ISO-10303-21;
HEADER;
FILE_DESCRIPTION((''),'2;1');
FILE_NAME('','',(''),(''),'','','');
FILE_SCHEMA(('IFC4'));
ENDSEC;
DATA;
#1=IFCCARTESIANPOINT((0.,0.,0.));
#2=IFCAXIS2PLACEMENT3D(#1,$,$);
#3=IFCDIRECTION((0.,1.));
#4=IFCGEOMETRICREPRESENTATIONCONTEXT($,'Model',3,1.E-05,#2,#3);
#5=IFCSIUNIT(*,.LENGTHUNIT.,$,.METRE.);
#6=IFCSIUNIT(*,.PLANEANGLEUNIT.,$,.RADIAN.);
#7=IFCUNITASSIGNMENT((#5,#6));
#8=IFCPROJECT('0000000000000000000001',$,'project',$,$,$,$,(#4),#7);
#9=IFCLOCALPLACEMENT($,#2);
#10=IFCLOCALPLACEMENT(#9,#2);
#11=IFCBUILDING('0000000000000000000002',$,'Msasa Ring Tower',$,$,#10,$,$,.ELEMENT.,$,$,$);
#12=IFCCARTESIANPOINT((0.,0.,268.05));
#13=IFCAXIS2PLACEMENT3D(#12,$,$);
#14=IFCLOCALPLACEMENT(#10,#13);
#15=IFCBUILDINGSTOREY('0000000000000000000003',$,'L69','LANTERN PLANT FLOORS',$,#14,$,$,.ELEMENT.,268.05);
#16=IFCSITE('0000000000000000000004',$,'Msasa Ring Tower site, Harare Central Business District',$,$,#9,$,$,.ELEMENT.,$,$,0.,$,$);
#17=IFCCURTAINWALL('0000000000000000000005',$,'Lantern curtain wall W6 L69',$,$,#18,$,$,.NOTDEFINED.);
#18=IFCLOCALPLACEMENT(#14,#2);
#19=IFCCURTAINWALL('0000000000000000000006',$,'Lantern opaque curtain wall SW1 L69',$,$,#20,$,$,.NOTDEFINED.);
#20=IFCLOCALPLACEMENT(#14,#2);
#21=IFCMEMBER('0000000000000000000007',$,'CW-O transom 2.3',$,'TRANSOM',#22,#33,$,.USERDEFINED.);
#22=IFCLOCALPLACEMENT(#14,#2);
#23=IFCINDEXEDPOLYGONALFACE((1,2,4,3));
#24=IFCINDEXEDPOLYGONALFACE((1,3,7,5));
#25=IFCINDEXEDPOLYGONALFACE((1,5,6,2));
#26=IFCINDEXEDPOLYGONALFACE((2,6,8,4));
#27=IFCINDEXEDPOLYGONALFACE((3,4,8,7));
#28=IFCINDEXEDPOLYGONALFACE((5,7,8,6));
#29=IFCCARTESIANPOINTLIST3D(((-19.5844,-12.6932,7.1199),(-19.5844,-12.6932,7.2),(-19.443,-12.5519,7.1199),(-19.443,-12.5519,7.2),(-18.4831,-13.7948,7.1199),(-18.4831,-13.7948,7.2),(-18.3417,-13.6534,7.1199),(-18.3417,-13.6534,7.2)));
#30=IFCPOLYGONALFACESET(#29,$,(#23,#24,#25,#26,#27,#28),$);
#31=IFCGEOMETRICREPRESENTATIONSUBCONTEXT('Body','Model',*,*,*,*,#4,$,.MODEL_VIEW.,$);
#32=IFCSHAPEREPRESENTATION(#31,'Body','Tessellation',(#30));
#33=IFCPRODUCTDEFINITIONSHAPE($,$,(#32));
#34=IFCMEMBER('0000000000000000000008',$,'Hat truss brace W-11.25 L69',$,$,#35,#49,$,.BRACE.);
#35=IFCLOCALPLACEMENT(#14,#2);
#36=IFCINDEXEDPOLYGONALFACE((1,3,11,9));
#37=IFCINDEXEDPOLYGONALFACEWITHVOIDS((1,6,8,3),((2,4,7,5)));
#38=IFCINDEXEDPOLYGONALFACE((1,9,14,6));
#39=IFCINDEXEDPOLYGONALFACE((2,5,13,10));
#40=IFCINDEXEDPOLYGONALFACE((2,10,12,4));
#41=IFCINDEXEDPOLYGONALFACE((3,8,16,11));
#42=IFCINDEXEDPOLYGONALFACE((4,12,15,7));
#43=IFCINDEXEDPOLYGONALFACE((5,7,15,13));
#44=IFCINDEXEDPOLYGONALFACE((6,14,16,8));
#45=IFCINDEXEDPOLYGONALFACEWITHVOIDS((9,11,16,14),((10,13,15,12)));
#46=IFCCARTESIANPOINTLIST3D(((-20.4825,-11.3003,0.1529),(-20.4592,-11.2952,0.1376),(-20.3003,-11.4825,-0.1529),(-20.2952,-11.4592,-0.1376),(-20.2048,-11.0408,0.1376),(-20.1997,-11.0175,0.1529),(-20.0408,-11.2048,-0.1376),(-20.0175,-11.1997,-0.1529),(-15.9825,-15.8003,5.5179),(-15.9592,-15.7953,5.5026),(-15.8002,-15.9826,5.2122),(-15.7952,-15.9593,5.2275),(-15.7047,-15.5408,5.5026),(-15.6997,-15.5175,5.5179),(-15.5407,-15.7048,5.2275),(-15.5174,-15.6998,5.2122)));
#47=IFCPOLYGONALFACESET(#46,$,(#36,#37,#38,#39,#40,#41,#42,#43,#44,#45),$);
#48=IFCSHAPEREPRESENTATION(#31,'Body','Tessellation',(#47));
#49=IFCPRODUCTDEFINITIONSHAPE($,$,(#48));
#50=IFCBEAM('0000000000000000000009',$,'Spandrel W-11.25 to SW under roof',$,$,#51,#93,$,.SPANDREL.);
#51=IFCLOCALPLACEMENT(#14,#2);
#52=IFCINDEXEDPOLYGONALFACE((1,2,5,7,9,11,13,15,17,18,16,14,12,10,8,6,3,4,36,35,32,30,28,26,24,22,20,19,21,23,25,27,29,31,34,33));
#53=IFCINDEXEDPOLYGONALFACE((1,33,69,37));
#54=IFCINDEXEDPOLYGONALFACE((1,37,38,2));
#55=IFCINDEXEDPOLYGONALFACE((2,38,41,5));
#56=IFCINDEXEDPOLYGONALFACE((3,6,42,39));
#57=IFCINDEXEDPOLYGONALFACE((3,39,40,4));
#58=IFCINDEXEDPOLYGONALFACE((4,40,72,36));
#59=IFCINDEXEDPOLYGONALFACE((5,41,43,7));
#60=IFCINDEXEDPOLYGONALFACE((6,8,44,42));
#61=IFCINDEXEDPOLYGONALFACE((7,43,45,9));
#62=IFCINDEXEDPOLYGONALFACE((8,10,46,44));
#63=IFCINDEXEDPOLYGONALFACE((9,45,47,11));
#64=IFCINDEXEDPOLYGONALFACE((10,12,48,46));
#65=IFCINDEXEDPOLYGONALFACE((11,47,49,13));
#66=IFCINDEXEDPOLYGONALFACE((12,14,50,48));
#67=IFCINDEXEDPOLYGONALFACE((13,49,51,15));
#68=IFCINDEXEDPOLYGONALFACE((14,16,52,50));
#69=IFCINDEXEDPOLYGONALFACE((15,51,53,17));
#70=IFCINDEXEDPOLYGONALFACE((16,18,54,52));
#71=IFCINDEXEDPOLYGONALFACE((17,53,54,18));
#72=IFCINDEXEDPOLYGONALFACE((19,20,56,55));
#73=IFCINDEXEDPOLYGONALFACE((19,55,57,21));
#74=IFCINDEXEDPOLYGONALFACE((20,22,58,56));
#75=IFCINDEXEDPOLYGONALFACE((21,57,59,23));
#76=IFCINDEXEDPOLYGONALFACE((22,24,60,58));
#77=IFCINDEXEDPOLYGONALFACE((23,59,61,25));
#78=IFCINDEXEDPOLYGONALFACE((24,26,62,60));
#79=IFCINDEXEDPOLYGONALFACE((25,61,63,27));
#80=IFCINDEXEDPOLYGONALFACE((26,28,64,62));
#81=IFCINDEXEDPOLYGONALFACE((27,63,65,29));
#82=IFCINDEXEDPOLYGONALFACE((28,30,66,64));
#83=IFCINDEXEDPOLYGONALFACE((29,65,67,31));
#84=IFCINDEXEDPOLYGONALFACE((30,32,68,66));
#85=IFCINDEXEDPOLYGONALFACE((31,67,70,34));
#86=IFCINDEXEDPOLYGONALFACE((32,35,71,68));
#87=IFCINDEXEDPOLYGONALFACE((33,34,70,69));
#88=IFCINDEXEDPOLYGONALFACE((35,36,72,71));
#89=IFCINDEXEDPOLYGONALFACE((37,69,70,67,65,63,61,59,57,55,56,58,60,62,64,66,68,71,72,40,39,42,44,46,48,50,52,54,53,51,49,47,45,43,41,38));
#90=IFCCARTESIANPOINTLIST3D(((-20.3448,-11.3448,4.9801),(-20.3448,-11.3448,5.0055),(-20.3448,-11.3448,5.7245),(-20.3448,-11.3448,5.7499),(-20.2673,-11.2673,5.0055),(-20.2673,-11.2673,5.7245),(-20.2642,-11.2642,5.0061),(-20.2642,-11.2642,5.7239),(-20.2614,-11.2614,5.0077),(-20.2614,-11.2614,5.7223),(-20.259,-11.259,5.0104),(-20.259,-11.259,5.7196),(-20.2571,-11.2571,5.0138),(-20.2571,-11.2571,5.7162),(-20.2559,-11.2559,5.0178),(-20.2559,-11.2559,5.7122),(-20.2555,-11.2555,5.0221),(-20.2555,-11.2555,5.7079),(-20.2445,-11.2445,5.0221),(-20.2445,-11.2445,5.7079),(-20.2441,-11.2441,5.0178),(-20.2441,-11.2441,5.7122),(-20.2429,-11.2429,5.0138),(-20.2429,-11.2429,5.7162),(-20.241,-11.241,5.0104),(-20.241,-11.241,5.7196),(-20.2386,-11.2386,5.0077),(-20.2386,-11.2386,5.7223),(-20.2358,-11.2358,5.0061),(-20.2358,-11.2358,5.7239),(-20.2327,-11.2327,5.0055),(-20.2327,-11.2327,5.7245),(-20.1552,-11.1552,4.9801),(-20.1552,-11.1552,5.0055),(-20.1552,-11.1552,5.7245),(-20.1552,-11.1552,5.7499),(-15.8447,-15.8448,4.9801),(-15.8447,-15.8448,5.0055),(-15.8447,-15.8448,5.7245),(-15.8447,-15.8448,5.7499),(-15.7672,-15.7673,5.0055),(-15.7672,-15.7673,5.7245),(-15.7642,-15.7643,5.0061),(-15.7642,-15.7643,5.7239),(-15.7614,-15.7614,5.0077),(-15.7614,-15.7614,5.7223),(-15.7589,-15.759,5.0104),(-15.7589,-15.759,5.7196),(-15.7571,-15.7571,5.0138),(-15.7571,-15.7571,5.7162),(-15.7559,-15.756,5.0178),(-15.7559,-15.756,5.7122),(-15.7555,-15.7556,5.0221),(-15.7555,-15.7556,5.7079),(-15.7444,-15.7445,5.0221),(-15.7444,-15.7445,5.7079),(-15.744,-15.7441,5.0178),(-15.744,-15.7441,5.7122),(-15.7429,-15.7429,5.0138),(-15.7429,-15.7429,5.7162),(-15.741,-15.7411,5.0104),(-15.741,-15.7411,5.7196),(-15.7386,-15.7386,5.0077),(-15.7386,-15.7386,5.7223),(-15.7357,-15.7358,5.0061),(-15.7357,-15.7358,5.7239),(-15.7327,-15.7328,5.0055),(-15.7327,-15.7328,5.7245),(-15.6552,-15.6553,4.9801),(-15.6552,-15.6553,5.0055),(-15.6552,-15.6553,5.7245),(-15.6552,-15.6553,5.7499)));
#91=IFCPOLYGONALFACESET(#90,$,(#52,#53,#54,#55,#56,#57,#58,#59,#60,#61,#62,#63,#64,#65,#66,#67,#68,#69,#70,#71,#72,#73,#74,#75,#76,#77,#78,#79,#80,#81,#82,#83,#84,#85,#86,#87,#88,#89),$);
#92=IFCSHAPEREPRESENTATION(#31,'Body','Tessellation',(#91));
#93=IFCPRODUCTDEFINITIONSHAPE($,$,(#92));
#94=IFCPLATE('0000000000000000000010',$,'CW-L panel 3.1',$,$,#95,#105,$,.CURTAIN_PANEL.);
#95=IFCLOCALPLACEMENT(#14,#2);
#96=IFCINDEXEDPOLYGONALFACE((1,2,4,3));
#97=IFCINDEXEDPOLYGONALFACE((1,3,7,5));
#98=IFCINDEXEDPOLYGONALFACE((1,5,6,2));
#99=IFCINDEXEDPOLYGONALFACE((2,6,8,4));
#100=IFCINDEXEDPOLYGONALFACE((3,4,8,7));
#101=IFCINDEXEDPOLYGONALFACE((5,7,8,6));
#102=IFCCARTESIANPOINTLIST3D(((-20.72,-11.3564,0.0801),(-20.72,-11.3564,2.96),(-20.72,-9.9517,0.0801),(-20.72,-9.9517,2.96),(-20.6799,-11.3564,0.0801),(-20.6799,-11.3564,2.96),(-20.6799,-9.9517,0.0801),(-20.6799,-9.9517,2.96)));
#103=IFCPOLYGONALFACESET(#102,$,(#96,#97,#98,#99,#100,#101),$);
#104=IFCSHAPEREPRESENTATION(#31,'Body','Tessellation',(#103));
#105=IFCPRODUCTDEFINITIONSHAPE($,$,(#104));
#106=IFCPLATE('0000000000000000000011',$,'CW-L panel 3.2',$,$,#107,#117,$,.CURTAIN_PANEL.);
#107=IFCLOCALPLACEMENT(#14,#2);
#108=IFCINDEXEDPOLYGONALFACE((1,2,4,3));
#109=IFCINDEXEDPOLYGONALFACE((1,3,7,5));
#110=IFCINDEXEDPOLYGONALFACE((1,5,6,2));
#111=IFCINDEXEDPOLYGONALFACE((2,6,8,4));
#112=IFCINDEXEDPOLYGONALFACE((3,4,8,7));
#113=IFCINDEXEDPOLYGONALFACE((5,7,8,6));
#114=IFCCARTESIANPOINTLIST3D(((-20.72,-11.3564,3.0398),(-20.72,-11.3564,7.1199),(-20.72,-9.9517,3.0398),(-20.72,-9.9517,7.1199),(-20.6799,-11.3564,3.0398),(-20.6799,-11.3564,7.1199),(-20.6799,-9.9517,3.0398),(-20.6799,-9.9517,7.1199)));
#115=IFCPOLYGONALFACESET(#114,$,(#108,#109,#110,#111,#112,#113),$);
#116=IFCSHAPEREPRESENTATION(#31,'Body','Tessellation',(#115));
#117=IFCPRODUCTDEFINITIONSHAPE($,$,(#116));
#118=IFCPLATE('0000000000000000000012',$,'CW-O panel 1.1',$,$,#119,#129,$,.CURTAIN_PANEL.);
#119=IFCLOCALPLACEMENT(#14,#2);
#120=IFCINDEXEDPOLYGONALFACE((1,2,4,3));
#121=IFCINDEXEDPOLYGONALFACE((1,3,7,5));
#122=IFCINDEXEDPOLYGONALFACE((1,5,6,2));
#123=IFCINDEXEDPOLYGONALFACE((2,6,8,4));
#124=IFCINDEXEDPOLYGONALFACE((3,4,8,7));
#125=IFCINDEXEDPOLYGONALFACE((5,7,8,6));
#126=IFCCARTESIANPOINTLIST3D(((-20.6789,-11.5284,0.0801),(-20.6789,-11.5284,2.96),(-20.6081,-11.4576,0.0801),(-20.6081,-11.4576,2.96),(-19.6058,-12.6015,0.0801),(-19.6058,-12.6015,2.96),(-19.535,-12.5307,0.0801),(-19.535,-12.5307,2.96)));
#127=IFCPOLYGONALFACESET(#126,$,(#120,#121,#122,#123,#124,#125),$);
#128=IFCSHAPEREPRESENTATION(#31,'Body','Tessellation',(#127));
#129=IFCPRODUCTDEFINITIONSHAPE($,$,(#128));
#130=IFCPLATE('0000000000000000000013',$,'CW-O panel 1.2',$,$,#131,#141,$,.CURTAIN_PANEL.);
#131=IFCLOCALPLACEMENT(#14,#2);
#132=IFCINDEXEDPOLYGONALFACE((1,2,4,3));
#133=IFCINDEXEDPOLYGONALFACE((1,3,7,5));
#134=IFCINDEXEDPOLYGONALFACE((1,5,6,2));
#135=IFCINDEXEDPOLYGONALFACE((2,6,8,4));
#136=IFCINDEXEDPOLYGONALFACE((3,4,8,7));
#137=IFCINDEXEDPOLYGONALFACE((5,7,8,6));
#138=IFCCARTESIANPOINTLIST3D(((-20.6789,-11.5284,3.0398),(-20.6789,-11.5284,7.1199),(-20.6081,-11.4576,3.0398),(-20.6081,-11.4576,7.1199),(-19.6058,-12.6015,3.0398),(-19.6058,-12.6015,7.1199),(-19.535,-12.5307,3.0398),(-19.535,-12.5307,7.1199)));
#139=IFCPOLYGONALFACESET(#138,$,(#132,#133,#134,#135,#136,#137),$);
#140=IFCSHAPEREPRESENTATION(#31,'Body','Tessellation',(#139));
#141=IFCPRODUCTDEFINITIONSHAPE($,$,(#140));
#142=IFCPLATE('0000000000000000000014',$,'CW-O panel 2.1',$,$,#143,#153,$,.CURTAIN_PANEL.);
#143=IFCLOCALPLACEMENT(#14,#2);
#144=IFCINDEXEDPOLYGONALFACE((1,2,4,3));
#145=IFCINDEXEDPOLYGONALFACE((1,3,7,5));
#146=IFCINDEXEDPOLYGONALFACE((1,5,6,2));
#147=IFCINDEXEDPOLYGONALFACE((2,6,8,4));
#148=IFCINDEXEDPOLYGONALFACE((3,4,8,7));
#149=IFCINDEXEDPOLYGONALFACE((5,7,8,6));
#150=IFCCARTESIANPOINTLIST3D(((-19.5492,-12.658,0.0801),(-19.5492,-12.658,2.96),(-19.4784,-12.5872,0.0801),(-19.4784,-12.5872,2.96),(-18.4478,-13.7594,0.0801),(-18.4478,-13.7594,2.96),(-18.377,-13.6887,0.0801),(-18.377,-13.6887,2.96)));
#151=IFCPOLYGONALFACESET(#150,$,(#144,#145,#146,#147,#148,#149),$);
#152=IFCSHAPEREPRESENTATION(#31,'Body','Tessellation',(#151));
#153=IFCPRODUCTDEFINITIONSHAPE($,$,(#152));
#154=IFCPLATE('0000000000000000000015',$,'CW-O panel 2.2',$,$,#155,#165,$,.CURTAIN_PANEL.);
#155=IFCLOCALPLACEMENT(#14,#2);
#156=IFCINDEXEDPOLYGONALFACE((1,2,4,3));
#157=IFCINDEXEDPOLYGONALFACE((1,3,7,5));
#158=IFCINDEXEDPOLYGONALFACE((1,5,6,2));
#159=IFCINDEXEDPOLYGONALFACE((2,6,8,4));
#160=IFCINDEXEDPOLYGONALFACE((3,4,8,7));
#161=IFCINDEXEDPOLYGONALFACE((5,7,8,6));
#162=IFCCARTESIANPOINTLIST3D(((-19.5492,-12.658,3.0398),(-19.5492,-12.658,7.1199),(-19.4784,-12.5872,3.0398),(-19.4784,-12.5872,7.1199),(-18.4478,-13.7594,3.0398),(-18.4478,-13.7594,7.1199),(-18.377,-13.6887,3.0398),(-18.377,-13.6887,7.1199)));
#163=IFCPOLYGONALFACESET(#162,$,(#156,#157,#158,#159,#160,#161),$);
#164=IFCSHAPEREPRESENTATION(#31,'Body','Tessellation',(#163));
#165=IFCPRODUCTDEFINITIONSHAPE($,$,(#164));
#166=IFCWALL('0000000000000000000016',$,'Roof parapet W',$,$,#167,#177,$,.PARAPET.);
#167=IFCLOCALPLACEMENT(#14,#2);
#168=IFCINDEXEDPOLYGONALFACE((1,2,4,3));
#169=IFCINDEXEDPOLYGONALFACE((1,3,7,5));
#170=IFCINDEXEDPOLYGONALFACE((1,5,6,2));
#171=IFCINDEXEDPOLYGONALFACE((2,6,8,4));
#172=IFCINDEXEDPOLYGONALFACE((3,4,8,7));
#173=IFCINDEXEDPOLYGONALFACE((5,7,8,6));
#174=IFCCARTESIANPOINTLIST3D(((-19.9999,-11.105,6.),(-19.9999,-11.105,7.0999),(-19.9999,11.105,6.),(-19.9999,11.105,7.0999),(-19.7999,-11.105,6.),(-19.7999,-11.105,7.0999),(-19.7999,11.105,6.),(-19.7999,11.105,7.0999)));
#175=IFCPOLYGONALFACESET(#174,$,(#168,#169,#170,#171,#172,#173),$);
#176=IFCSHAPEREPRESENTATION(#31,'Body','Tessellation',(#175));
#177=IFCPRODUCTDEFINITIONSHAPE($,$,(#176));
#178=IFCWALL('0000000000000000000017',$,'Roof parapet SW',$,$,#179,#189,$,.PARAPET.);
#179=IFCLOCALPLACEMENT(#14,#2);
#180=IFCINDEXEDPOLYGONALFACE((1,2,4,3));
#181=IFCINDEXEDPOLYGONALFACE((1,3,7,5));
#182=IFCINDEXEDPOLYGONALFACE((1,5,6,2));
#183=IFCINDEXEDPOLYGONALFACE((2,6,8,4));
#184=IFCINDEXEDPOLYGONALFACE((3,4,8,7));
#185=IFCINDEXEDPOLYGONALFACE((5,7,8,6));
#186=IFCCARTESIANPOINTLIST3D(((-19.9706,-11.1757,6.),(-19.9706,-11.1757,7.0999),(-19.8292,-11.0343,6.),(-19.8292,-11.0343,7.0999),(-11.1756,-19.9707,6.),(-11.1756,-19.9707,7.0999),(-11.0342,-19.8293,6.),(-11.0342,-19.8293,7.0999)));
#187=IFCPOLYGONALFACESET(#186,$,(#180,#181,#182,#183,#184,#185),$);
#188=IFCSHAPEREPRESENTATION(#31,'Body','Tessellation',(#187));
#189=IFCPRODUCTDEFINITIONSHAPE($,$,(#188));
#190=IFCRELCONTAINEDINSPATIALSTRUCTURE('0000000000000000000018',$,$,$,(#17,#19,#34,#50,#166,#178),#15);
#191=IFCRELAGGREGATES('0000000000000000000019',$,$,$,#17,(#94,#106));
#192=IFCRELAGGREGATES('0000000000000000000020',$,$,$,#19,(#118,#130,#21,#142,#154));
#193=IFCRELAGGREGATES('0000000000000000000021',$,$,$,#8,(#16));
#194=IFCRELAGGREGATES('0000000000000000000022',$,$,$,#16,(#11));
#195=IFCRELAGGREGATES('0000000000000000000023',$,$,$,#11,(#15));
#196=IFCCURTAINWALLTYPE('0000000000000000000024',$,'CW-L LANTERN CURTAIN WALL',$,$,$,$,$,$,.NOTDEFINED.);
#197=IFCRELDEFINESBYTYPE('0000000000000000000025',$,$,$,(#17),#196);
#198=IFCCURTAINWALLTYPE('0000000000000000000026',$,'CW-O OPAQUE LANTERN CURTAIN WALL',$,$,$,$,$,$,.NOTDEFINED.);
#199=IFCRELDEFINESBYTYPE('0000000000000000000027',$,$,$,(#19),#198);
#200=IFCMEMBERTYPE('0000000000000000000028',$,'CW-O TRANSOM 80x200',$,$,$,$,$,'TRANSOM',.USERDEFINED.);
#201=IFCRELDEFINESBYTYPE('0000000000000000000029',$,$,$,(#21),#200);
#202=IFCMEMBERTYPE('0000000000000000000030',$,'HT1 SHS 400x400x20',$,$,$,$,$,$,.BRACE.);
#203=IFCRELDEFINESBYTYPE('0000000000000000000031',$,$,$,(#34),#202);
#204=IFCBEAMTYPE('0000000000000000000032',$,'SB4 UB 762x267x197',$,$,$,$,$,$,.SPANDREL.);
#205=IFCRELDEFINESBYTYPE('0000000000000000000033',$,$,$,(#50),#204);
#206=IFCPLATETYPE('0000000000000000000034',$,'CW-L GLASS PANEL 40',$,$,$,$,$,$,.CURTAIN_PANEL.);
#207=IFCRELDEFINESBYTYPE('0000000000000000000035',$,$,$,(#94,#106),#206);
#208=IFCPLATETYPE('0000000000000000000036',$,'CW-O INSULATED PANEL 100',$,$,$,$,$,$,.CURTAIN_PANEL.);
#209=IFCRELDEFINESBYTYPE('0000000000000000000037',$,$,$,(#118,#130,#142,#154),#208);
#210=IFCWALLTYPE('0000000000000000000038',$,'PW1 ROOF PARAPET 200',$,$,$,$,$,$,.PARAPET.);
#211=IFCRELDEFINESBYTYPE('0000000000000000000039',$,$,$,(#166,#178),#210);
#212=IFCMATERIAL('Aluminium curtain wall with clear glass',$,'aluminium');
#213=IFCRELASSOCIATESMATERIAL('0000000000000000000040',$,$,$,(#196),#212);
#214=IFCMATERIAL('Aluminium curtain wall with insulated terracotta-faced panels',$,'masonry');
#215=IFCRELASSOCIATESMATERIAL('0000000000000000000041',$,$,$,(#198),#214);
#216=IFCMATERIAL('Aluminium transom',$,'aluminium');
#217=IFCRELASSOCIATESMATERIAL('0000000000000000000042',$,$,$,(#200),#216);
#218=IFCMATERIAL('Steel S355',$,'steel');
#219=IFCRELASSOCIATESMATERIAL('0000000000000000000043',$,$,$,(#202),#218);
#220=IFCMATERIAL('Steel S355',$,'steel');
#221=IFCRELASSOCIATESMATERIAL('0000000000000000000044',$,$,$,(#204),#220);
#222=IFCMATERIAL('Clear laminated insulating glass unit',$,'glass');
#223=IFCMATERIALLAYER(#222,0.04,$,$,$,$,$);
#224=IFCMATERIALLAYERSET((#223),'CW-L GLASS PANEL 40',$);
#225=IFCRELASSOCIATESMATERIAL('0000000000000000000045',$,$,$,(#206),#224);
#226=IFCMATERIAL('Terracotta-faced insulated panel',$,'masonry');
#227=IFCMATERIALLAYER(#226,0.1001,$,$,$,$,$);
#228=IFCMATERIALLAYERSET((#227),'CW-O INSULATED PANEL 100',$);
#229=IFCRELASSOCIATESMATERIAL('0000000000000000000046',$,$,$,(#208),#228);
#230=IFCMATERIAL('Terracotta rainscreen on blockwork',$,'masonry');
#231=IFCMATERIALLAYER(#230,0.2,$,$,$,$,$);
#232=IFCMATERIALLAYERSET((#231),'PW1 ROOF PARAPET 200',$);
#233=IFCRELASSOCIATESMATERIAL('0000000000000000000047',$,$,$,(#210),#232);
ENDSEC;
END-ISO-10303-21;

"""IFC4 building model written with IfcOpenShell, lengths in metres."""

from ifc_helpers import new_model, si_unit, direction, frame, frame_2d, origin, origin_2d, place, context, subcontext, project, spatial, rectangle, hollow_rectangle, i_section, extrude, material, layer, layer_set, material_profile, profile_set, type_object, element, aggregate, save


model = new_model("IFC4")

# Units and contexts
model_context = context("Model", 3, precision=1e-05, world=origin(), true_north=direction((0.0, 1.0)))
body_context = subcontext(model_context, "Body", "Model", "MODEL_VIEW")
ifc_project = project(units=[si_unit("LENGTHUNIT", "METRE"), si_unit("PLANEANGLEUNIT", "RADIAN")], contexts=[model_context])

# Site, building, storey
site_placement = place(None, origin())
site = spatial("IfcSite", under=ifc_project, at=site_placement, Name="Msasa Ring Tower site, Harare Central Business District", CompositionType="ELEMENT", RefElevation=0.0)
building_placement = place(site_placement, origin())
building = spatial("IfcBuilding", under=site, at=building_placement, Name="Msasa Ring Tower", CompositionType="ELEMENT")
storey_placement = place(building_placement, frame((0.0, 0.0, 268.05)))
storey = spatial("IfcBuildingStorey", under=building, at=storey_placement, Name="L69", Description="LANTERN PLANT FLOORS", CompositionType="ELEMENT", Elevation=268.05)

# Curtain walls, member
ifc_material_1 = material(Name="Aluminium curtain wall with clear glass", Category="aluminium")
curtain_wall_type_1 = type_object("IfcCurtainWallType", Name="CW-L LANTERN CURTAIN WALL", PredefinedType="NOTDEFINED", material=ifc_material_1)
curtain_wall_1_placement = place(storey_placement, origin())
curtain_wall_1 = element("IfcCurtainWall", 1, at=curtain_wall_1_placement, inside=storey, type_object=curtain_wall_type_1, Name="Lantern curtain wall W6 L69", PredefinedType="NOTDEFINED")
ifc_material_2 = material(Name="Aluminium curtain wall with insulated terracotta-faced panels", Category="masonry")
curtain_wall_type_2 = type_object("IfcCurtainWallType", Name="CW-O OPAQUE LANTERN CURTAIN WALL", PredefinedType="NOTDEFINED", material=ifc_material_2)
curtain_wall_2_placement = place(storey_placement, origin())
curtain_wall_2 = element("IfcCurtainWall", 2, at=curtain_wall_2_placement, inside=storey, type_object=curtain_wall_type_2, Name="Lantern opaque curtain wall SW1 L69", PredefinedType="NOTDEFINED")
ifc_material_3 = material(Name="Aluminium transom", Category="aluminium")
ifc_material_profile_1 = material_profile(ifc_material_3, rectangle(XDim=0.2, YDim=0.0801, at=origin_2d()), Name="AL 80x200")
ifc_profile_set_1 = profile_set([ifc_material_profile_1], Name="Aluminium transom")
member_type_1 = type_object("IfcMemberType", Name="CW-O TRANSOM 80x200", ElementType="TRANSOM", PredefinedType="USERDEFINED", material=ifc_profile_set_1)
member_1_placement = place(storey_placement, frame((-19.5137, -12.6226, 7.1599), z_axis=(0.707028, -0.707185, 0.0), x_axis=(0.707185, 0.707028, 0.0)))
member_1 = element("IfcMember", 3, at=member_1_placement, type_object=member_type_1, Name="CW-O transom 2.3", ObjectType="TRANSOM", PredefinedType="USERDEFINED", context=body_context, shape_type="SweptSolid", body=[
    extrude(rectangle(XDim=0.2, YDim=0.0801, at=origin_2d()), origin(), (0.0, 0.0, 1.0), 1.5576),
])

# Member
ifc_material_4 = material(Name="Steel S355", Category="steel")
ifc_material_profile_2 = material_profile(ifc_material_4, hollow_rectangle(XDim=0.3999, YDim=0.3999, WallThickness=0.02, at=origin_2d()), Name="SHS 400x400x20")
ifc_profile_set_2 = profile_set([ifc_material_profile_2], Name="Steel S355")
member_type_2 = type_object("IfcMemberType", Name="HT1 SHS 400x400x20", PredefinedType="BRACE", material=ifc_profile_set_2)
member_2_placement = place(storey_placement, frame((-20.25, -11.25, 0.0), z_axis=(0.540628, -0.540628, 0.644548), x_axis=(0.707107, 0.707107, 0.0)))
element("IfcMember", 4, at=member_2_placement, inside=storey, type_object=member_type_2, Name="Hat truss brace W-11.25 L69", PredefinedType="BRACE", context=body_context, shape_type="SweptSolid", body=[
    extrude(hollow_rectangle(XDim=0.3999, YDim=0.3999, WallThickness=0.02, at=origin_2d()), origin(), (0.0, 0.0, 1.0), 8.3237),
])

# Beam
ifc_material_5 = material(Name="Steel S355", Category="steel")
ifc_material_profile_3 = material_profile(ifc_material_5, i_section(OverallWidth=0.2681, OverallDepth=0.7698, WebThickness=0.0156, FlangeThickness=0.0254, FilletRadius=0.0166, at=origin_2d()), Name="UB 762x267x197")
ifc_profile_set_3 = profile_set([ifc_material_profile_3], Name="Steel S355")
beam_type = type_object("IfcBeamType", Name="SB4 UB 762x267x197", PredefinedType="SPANDREL", material=ifc_profile_set_3)
beam_placement = place(storey_placement, frame((-20.25, -11.25, 5.365), z_axis=(0.707107, -0.707107, 0.0), x_axis=(0.707107, 0.707107, 0.0)))
element("IfcBeam", 5, at=beam_placement, inside=storey, type_object=beam_type, Name="Spandrel W-11.25 to SW under roof", PredefinedType="SPANDREL", context=body_context, shape_type="SweptSolid", body=[
    extrude(i_section(OverallWidth=0.2681, OverallDepth=0.7698, WebThickness=0.0156, FlangeThickness=0.0254, FilletRadius=0.0166, at=origin_2d()), origin(), (0.0, 0.0, 1.0), 6.364),
])

# Plates
ifc_material_6 = material(Name="Clear laminated insulating glass unit", Category="glass")
ifc_layer_1 = layer(ifc_material_6, 0.04)
ifc_layer_set_1 = layer_set([ifc_layer_1], Name="CW-L GLASS PANEL 40")
plate_type_1 = type_object("IfcPlateType", Name="CW-L GLASS PANEL 40", PredefinedType="CURTAIN_PANEL", material=ifc_layer_set_1)
plate_1_placement = place(storey_placement, frame((-20.7, -10.6541, 0.0801), z_axis=(0.0, 0.0, 1.0), x_axis=(0.0, -1.0, 0.0)))
plate_1 = element("IfcPlate", 6, at=plate_1_placement, type_object=plate_type_1, Name="CW-L panel 3.1", PredefinedType="CURTAIN_PANEL", context=body_context, shape_type="SweptSolid", body=[
    extrude(rectangle(XDim=1.4048, YDim=0.04, at=origin_2d()), origin(), (0.0, 0.0, 1.0), 2.8799),
])
plate_2_placement = place(storey_placement, frame((-20.7, -10.6541, 3.0398), z_axis=(0.0, 0.0, 1.0), x_axis=(0.0, -1.0, 0.0)))
plate_2 = element("IfcPlate", 7, at=plate_2_placement, type_object=plate_type_1, Name="CW-L panel 3.2", PredefinedType="CURTAIN_PANEL", context=body_context, shape_type="SweptSolid", body=[
    extrude(rectangle(XDim=1.4048, YDim=0.04, at=origin_2d()), origin(), (0.0, 0.0, 1.0), 4.0801),
])
aggregate(curtain_wall_1, [plate_1, plate_2])
ifc_material_7 = material(Name="Terracotta-faced insulated panel", Category="masonry")
ifc_layer_2 = layer(ifc_material_7, 0.1001)
ifc_layer_set_2 = layer_set([ifc_layer_2], Name="CW-O INSULATED PANEL 100")
plate_type_2 = type_object("IfcPlateType", Name="CW-O INSULATED PANEL 100", PredefinedType="CURTAIN_PANEL", material=ifc_layer_set_2)
plate_3_placement = place(storey_placement, frame((-20.1069, -12.0295, 0.0801), z_axis=(0.0, 0.0, 1.0), x_axis=(0.707107, -0.707107, 0.0)))
plate_3 = element("IfcPlate", 8, at=plate_3_placement, type_object=plate_type_2, Name="CW-O panel 1.1", PredefinedType="CURTAIN_PANEL", context=body_context, shape_type="SweptSolid", body=[
    extrude(rectangle(XDim=1.5176, YDim=0.1001, at=origin_2d()), origin(), (0.0, 0.0, 1.0), 2.8799),
])
plate_4_placement = place(storey_placement, frame((-20.1069, -12.0295, 3.0398), z_axis=(0.0, 0.0, 1.0), x_axis=(0.707107, -0.707107, 0.0)))
plate_4 = element("IfcPlate", 9, at=plate_4_placement, type_object=plate_type_2, Name="CW-O panel 1.2", PredefinedType="CURTAIN_PANEL", context=body_context, shape_type="SweptSolid", body=[
    extrude(rectangle(XDim=1.5176, YDim=0.1001, at=origin_2d()), origin(), (0.0, 0.0, 1.0), 4.0801),
])
plate_5_placement = place(storey_placement, frame((-18.9631, -13.1733, 0.0801), z_axis=(0.0, 0.0, 1.0), x_axis=(0.707107, -0.707107, 0.0)))
plate_5 = element("IfcPlate", 10, at=plate_5_placement, type_object=plate_type_2, Name="CW-O panel 2.1", PredefinedType="CURTAIN_PANEL", context=body_context, shape_type="SweptSolid", body=[
    extrude(rectangle(XDim=1.5576, YDim=0.1001, at=origin_2d()), origin(), (0.0, 0.0, 1.0), 2.8799),
])
plate_6_placement = place(storey_placement, frame((-18.9631, -13.1733, 3.0398), z_axis=(0.0, 0.0, 1.0), x_axis=(0.707107, -0.707107, 0.0)))
plate_6 = element("IfcPlate", 11, at=plate_6_placement, type_object=plate_type_2, Name="CW-O panel 2.2", PredefinedType="CURTAIN_PANEL", context=body_context, shape_type="SweptSolid", body=[
    extrude(rectangle(XDim=1.5576, YDim=0.1001, at=origin_2d()), origin(), (0.0, 0.0, 1.0), 4.0801),
])
aggregate(curtain_wall_2, [plate_3, plate_4, member_1, plate_5, plate_6])

# Walls
ifc_material_8 = material(Name="Terracotta rainscreen on blockwork", Category="masonry")
ifc_layer_3 = layer(ifc_material_8, 0.2)
ifc_layer_set_3 = layer_set([ifc_layer_3], Name="PW1 ROOF PARAPET 200")
wall_type = type_object("IfcWallType", Name="PW1 ROOF PARAPET 200", PredefinedType="PARAPET", material=ifc_layer_set_3)
wall_1_placement = place(storey_placement, frame((-19.8999, -11.105, 6.0), z_axis=(0.0, 0.0, 1.0), x_axis=(0.0, 1.0, 0.0)))
element("IfcWall", 12, at=wall_1_placement, inside=storey, type_object=wall_type, Name="Roof parapet W", PredefinedType="PARAPET", context=body_context, shape_type="SweptSolid", body=[
    extrude(rectangle(XDim=22.21, YDim=0.2, at=frame_2d((11.105, 0.0))), origin(), (0.0, 0.0, 1.0), 1.0999),
])
wall_2_placement = place(storey_placement, frame((-19.8999, -11.105, 6.0), z_axis=(0.0, 0.0, 1.0), x_axis=(0.707107, -0.707107, 0.0)))
element("IfcWall", 13, at=wall_2_placement, inside=storey, type_object=wall_type, Name="Roof parapet SW", PredefinedType="PARAPET", context=body_context, shape_type="SweptSolid", body=[
    extrude(rectangle(XDim=12.438, YDim=0.2, at=frame_2d((6.219, 0.0))), origin(), (0.0, 0.0, 1.0), 1.0999),
])

save(model, "model.ifc")
